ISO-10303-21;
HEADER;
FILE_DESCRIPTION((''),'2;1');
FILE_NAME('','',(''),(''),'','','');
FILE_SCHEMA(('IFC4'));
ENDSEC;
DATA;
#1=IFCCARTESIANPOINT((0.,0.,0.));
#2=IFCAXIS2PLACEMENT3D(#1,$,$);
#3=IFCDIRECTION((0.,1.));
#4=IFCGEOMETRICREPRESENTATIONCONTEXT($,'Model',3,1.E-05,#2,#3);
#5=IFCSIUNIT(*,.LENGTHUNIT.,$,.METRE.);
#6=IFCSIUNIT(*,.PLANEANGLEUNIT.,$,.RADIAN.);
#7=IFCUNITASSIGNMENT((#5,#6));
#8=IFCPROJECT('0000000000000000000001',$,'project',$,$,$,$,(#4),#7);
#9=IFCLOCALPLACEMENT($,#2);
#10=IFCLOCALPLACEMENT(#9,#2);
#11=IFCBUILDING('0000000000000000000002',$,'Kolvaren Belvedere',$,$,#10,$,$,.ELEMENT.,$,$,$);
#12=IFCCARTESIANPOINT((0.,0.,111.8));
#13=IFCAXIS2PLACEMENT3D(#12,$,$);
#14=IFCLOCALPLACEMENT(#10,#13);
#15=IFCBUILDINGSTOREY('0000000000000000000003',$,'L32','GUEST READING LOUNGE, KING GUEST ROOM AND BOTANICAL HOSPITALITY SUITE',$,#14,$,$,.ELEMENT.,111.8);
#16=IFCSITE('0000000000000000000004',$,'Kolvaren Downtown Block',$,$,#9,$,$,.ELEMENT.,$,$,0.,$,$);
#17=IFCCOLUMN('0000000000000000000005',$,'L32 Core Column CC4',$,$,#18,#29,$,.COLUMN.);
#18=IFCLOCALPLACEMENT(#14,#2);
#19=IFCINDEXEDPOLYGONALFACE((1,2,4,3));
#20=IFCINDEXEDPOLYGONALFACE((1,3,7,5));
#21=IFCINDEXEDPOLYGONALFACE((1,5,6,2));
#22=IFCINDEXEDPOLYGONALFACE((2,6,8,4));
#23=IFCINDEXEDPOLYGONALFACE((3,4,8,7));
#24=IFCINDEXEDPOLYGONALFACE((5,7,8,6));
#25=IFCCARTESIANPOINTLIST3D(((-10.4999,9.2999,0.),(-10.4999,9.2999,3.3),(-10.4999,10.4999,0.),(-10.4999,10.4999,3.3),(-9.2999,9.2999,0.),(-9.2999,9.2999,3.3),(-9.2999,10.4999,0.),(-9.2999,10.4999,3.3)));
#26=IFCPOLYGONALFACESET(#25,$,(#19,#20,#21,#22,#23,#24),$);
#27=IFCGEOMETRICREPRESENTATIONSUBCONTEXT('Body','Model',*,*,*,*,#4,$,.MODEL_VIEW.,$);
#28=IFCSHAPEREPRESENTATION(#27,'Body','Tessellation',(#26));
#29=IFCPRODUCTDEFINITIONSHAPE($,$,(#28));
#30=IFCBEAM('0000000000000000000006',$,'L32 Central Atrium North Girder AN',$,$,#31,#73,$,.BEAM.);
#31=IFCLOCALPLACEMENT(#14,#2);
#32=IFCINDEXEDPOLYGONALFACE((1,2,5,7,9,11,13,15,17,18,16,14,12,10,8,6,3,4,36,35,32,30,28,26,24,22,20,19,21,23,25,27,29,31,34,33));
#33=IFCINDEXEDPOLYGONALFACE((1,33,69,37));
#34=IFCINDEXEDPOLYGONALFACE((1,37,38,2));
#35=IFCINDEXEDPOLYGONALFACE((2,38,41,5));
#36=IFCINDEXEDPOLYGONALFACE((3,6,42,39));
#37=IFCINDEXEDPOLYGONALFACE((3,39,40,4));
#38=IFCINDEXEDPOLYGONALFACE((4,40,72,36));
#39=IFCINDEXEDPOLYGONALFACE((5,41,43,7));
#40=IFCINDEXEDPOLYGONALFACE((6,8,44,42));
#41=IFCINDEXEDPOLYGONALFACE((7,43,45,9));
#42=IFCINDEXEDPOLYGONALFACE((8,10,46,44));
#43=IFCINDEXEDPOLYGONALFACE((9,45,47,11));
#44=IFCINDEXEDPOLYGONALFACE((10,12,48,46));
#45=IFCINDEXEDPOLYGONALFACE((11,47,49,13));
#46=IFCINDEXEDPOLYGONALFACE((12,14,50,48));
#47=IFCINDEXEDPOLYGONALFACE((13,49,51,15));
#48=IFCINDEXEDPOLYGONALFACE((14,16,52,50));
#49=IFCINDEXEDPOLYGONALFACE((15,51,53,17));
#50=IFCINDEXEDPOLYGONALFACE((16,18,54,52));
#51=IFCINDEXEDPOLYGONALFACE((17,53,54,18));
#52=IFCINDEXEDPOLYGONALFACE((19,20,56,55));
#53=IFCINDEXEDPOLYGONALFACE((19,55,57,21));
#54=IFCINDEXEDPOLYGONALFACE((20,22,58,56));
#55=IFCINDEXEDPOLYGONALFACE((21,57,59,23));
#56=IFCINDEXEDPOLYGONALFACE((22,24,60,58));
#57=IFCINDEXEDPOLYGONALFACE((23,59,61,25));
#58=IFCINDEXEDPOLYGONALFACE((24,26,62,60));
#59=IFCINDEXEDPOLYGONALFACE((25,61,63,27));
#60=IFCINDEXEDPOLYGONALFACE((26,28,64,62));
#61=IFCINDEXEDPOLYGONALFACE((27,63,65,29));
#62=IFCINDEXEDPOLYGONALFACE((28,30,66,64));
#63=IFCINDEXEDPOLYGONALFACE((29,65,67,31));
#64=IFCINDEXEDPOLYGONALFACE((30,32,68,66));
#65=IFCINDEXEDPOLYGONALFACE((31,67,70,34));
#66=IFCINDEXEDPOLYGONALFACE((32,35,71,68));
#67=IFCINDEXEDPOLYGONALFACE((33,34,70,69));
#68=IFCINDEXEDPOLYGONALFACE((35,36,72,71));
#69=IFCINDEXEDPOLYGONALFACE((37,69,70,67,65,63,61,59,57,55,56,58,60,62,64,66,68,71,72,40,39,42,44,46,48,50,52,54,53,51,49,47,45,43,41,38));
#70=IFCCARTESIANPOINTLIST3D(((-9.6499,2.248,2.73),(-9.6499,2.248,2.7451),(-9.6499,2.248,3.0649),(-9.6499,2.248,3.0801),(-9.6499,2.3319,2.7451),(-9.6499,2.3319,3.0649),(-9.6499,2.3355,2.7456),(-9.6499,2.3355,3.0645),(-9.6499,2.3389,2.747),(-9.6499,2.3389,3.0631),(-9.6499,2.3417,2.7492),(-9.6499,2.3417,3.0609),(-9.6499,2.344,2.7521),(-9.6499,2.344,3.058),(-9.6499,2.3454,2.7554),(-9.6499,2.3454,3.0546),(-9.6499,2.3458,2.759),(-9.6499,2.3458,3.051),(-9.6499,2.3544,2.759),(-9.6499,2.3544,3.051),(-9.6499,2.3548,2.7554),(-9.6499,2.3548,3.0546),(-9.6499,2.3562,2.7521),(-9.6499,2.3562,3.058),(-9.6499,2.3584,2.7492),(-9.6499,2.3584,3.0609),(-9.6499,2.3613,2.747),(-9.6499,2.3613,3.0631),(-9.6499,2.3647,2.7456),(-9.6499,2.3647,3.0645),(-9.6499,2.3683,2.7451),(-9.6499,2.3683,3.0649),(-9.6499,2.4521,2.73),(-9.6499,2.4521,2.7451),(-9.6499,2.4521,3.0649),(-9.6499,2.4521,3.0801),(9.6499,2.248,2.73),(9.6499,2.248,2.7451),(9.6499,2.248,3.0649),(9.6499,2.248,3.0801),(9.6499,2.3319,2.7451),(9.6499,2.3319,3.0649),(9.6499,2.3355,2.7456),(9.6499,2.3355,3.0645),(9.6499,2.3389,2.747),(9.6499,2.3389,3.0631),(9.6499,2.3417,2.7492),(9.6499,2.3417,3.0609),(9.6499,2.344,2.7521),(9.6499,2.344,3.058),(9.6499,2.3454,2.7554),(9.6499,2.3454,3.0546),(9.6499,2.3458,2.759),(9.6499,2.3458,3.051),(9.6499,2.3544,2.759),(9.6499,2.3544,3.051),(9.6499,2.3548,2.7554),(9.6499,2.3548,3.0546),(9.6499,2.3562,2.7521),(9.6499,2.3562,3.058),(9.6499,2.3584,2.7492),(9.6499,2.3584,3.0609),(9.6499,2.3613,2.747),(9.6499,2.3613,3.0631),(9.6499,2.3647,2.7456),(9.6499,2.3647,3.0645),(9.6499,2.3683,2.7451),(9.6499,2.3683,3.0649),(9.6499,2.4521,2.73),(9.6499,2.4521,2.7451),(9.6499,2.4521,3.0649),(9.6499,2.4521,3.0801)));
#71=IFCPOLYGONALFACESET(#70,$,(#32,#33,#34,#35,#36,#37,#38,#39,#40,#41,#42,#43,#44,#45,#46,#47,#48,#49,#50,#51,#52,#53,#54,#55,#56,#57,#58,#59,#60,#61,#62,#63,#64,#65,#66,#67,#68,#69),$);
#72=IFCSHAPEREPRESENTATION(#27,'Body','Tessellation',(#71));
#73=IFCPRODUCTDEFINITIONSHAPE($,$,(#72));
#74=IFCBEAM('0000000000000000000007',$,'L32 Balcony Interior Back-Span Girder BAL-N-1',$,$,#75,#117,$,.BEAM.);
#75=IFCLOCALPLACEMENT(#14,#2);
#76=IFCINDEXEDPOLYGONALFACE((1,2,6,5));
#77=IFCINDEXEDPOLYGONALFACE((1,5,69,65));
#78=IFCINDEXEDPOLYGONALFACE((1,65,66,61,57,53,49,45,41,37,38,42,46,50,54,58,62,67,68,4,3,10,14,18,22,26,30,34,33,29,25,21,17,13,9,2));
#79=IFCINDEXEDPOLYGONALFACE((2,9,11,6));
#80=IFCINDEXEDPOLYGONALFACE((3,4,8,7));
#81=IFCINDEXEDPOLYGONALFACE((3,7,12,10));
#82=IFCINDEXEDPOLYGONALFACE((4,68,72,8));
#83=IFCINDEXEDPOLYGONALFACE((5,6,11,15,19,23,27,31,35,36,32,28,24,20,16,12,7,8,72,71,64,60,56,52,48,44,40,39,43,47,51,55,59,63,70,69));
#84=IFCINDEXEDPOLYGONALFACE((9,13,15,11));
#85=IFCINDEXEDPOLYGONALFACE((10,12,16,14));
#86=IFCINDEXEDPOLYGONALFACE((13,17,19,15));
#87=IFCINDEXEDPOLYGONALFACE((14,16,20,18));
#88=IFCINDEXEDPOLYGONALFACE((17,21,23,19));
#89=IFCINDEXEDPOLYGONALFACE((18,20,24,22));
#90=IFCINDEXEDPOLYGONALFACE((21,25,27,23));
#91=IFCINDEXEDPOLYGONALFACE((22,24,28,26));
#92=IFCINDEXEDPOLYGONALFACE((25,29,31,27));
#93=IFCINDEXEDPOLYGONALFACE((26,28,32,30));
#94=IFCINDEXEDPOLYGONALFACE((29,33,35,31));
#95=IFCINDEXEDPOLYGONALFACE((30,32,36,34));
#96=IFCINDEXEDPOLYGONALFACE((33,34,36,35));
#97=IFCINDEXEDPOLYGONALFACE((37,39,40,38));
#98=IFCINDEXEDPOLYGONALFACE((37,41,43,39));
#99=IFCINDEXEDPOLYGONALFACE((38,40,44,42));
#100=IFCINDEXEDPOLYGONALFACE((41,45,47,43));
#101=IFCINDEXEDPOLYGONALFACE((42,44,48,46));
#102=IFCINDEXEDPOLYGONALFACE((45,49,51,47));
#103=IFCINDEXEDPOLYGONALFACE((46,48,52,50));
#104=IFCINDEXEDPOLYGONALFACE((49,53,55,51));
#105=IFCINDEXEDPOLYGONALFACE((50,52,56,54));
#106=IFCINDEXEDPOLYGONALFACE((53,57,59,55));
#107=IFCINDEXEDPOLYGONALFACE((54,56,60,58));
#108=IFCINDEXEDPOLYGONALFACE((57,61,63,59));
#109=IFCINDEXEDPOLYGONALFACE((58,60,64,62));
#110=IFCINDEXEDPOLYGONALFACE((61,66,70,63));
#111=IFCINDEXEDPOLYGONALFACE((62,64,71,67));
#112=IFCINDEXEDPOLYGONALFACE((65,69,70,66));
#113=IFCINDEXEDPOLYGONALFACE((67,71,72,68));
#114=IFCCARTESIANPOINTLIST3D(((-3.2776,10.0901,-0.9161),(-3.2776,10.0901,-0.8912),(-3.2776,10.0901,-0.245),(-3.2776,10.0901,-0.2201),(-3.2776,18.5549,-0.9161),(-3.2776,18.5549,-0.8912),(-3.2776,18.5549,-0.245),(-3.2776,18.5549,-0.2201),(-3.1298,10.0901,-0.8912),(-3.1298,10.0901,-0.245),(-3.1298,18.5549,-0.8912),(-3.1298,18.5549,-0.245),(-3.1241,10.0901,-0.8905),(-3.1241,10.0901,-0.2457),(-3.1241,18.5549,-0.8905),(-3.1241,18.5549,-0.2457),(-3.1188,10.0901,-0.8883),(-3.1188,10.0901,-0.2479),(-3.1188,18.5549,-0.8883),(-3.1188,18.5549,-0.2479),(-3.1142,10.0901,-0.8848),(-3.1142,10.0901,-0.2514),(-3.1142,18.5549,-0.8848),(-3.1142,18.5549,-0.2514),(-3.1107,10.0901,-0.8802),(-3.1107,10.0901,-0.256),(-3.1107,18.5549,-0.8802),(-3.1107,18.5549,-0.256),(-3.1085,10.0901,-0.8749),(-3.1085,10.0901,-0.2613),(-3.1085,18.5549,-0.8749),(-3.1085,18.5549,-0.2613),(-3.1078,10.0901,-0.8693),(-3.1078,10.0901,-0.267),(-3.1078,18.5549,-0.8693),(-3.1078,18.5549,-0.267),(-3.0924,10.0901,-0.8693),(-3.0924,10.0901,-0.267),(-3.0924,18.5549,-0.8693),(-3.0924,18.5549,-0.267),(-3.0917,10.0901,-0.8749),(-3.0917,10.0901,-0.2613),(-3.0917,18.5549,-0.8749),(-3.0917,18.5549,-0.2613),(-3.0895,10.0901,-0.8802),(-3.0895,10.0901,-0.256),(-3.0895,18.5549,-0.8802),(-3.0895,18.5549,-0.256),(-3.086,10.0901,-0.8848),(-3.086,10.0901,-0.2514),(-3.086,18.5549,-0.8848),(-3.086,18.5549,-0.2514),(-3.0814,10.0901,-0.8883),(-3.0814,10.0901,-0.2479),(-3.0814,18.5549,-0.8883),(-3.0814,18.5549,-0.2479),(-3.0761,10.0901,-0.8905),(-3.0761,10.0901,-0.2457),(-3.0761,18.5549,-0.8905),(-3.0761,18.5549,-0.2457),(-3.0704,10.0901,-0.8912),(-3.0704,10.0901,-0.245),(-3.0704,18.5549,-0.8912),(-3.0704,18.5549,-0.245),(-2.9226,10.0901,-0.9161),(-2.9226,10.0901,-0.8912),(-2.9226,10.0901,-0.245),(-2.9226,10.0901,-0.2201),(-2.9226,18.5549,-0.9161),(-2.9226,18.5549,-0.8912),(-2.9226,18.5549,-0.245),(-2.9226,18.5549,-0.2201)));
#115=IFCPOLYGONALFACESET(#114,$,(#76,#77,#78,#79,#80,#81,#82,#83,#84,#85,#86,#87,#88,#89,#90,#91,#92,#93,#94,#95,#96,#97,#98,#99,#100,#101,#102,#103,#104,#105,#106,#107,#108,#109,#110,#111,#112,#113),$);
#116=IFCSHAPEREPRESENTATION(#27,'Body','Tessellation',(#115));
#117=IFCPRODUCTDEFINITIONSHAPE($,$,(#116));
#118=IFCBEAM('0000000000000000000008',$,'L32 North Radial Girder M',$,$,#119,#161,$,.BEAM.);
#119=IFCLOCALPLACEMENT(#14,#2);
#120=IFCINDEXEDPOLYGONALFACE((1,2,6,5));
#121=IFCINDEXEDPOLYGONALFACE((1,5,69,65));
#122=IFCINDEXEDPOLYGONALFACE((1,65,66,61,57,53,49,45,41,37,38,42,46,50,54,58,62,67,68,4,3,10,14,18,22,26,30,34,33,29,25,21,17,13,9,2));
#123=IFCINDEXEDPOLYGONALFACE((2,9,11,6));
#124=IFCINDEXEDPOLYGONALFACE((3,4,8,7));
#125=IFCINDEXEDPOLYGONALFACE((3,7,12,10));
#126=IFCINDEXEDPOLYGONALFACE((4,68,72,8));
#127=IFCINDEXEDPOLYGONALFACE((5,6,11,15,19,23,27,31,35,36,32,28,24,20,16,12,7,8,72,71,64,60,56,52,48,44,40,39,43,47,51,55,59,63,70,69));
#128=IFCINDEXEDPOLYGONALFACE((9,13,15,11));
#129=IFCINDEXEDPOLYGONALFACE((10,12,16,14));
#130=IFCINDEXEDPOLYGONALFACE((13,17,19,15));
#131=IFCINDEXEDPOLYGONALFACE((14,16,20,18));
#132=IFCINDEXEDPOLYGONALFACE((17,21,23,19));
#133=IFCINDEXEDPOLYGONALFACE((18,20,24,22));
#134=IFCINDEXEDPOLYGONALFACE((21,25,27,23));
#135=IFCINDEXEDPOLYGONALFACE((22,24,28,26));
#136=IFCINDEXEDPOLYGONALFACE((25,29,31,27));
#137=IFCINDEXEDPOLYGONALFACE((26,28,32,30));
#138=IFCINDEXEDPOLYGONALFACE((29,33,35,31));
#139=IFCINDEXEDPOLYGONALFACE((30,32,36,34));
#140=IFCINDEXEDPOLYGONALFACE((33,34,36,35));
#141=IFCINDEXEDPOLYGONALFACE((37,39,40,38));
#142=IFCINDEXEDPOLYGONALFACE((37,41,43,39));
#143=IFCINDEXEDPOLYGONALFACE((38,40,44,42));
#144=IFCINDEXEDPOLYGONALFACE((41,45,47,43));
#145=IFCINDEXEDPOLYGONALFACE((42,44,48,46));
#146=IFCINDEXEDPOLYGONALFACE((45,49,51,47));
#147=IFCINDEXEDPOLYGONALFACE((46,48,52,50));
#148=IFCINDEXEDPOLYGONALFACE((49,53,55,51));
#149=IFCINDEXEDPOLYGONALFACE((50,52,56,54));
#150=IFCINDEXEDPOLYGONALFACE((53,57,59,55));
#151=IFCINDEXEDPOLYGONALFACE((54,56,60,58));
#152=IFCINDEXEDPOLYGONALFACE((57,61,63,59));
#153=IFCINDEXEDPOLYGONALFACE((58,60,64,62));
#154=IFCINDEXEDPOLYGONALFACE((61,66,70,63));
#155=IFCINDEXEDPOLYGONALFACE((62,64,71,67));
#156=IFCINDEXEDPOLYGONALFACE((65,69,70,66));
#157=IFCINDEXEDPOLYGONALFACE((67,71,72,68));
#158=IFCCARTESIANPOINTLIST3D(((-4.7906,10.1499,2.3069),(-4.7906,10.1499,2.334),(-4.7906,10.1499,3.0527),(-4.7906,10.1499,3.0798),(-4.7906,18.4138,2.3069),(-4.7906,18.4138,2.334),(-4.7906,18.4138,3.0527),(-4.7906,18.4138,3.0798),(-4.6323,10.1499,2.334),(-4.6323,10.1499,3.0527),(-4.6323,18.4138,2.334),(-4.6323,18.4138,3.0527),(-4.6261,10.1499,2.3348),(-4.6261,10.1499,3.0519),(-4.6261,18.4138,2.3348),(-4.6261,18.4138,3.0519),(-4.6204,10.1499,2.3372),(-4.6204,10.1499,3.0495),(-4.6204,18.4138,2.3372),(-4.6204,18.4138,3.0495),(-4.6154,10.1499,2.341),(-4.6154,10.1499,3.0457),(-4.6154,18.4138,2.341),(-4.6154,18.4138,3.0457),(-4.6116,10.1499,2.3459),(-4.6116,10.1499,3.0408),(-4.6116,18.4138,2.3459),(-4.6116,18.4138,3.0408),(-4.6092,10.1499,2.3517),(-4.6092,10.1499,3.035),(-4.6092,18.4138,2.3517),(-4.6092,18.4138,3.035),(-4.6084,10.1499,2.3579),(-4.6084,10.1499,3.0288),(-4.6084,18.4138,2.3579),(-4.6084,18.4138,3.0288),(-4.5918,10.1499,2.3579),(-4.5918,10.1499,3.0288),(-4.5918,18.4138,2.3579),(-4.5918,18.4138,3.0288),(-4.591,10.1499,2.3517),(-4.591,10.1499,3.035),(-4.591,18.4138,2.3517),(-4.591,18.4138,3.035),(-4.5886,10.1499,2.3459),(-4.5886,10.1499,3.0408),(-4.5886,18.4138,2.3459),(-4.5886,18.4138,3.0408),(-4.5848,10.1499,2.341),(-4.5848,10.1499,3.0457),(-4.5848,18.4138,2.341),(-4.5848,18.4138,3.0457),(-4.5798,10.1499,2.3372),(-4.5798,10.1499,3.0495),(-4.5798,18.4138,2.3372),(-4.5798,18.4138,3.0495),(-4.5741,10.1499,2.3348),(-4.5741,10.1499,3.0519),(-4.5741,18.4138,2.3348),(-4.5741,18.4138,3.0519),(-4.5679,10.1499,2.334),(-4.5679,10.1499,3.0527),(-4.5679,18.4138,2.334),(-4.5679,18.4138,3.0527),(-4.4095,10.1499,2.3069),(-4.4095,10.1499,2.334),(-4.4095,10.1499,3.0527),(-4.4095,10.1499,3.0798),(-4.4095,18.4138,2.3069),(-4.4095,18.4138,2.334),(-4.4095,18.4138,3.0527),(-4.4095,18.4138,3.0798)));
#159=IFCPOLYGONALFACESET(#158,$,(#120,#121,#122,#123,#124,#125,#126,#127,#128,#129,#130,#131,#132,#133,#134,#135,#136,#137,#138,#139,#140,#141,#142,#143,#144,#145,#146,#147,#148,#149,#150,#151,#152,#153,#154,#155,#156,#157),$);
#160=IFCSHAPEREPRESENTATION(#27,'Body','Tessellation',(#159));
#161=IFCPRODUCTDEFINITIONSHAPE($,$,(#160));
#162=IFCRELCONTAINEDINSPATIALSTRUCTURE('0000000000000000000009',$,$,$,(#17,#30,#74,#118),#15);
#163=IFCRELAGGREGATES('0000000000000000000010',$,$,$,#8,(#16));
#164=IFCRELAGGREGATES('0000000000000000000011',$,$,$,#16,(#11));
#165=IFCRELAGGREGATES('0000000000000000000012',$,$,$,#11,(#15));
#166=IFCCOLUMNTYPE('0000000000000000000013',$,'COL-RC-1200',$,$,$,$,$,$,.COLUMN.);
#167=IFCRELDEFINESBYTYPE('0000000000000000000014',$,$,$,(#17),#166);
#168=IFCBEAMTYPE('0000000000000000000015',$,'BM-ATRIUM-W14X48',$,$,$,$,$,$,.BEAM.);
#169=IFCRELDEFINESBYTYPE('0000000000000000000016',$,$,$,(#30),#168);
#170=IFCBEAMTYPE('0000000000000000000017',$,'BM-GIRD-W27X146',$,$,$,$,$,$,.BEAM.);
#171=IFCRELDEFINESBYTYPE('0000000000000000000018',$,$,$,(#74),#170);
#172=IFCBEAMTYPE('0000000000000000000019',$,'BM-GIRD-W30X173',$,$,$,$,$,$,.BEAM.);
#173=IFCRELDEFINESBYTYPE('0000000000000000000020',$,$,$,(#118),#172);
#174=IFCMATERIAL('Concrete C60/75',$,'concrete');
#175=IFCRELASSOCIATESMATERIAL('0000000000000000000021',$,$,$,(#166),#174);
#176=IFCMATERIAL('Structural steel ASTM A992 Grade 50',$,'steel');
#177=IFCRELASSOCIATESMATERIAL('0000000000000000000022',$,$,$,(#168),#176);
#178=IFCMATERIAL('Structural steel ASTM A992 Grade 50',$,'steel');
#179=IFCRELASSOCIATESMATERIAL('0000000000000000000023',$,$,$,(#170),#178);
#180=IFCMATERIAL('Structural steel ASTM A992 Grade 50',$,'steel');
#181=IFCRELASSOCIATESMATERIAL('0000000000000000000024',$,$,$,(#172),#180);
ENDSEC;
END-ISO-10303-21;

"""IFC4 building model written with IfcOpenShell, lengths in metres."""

from ifc_helpers import new_model, si_unit, direction, frame, origin, origin_2d, place, context, subcontext, project, spatial, rectangle, i_section, extrude, material, material_profile, profile_set, type_object, element, save


model = new_model("IFC4")

# Units and contexts
model_context = context("Model", 3, precision=1e-05, world=origin(), true_north=direction((0.0, 1.0)))
body_context = subcontext(model_context, "Body", "Model", "MODEL_VIEW")
ifc_project = project(units=[si_unit("LENGTHUNIT", "METRE"), si_unit("PLANEANGLEUNIT", "RADIAN")], contexts=[model_context])

# Site, building, storey
site_placement = place(None, origin())
site = spatial("IfcSite", under=ifc_project, at=site_placement, Name="Kolvaren Downtown Block", CompositionType="ELEMENT", RefElevation=0.0)
building_placement = place(site_placement, origin())
building = spatial("IfcBuilding", under=site, at=building_placement, Name="Kolvaren Belvedere", CompositionType="ELEMENT")
storey_placement = place(building_placement, frame((0.0, 0.0, 111.8)))
storey = spatial("IfcBuildingStorey", under=building, at=storey_placement, Name="L32", Description="GUEST READING LOUNGE, KING GUEST ROOM AND BOTANICAL HOSPITALITY SUITE", CompositionType="ELEMENT", Elevation=111.8)

# Column
ifc_material_1 = material(Name="Concrete C60/75", Category="concrete")
ifc_material_profile_1 = material_profile(ifc_material_1, rectangle(XDim=1.2, YDim=1.2, at=origin_2d()), Name="RC 1200X1200")
ifc_profile_set_1 = profile_set([ifc_material_profile_1], Name="Concrete C60/75")
column_type = type_object("IfcColumnType", Name="COL-RC-1200", PredefinedType="COLUMN", material=ifc_profile_set_1)
column_placement = place(storey_placement, frame((-9.8999, 9.8999, 0.0), z_axis=(0.0, 0.0, 1.0), x_axis=(1.0, 0.0, 0.0)))
element("IfcColumn", 1, at=column_placement, inside=storey, type_object=column_type, Name="L32 Core Column CC4", PredefinedType="COLUMN", context=body_context, shape_type="SweptSolid", body=[
    extrude(rectangle(XDim=1.2, YDim=1.2, at=origin_2d()), origin(), (0.0, 0.0, 1.0), 3.3),
])

# Beams
ifc_material_2 = material(Name="Structural steel ASTM A992 Grade 50", Category="steel")
ifc_material_profile_2 = material_profile(ifc_material_2, i_section(OverallWidth=0.2041, OverallDepth=0.3501, WebThickness=0.0085, FlangeThickness=0.0151, FilletRadius=0.0139, at=origin_2d()), Name="W14X48")
ifc_profile_set_2 = profile_set([ifc_material_profile_2], Name="Structural steel ASTM A992 Grade 50")
beam_type_1 = type_object("IfcBeamType", Name="BM-ATRIUM-W14X48", PredefinedType="BEAM", material=ifc_profile_set_2)
beam_1_placement = place(storey_placement, frame((-9.6499, 2.3501, 2.905), z_axis=(1.0, 0.0, 0.0), x_axis=(0.0, 1.0, 0.0)))
element("IfcBeam", 2, at=beam_1_placement, inside=storey, type_object=beam_type_1, Name="L32 Central Atrium North Girder AN", PredefinedType="BEAM", context=body_context, shape_type="SweptSolid", body=[
    extrude(i_section(OverallWidth=0.2041, OverallDepth=0.3501, WebThickness=0.0085, FlangeThickness=0.0151, FilletRadius=0.0139, at=origin_2d()), origin(), (0.0, 0.0, 1.0), 19.2998),
])
ifc_material_3 = material(Name="Structural steel ASTM A992 Grade 50", Category="steel")
ifc_material_profile_3 = material_profile(ifc_material_3, i_section(OverallWidth=0.355, OverallDepth=0.696, WebThickness=0.0154, FlangeThickness=0.0249, FilletRadius=0.022, at=origin_2d()), Name="W27X146")
ifc_profile_set_3 = profile_set([ifc_material_profile_3], Name="Structural steel ASTM A992 Grade 50")
beam_type_2 = type_object("IfcBeamType", Name="BM-GIRD-W27X146", PredefinedType="BEAM", material=ifc_profile_set_3)
beam_2_placement = place(storey_placement, frame((-3.1001, 10.0901, -0.5681), z_axis=(0.0, 1.0, 0.0), x_axis=(-1.0, 0.0, 0.0)))
element("IfcBeam", 3, at=beam_2_placement, inside=storey, type_object=beam_type_2, Name="L32 Balcony Interior Back-Span Girder BAL-N-1", PredefinedType="BEAM", context=body_context, shape_type="SweptSolid", body=[
    extrude(i_section(OverallWidth=0.355, OverallDepth=0.696, WebThickness=0.0154, FlangeThickness=0.0249, FilletRadius=0.022, at=origin_2d()), origin(), (0.0, 0.0, 1.0), 8.4648),
])
ifc_material_4 = material(Name="Structural steel ASTM A992 Grade 50", Category="steel")
ifc_material_profile_4 = material_profile(ifc_material_4, i_section(OverallWidth=0.3811, OverallDepth=0.7729, WebThickness=0.0166, FlangeThickness=0.0271, FilletRadius=0.0239, at=origin_2d()), Name="W30X173")
ifc_profile_set_4 = profile_set([ifc_material_profile_4], Name="Structural steel ASTM A992 Grade 50")
beam_type_3 = type_object("IfcBeamType", Name="BM-GIRD-W30X173", PredefinedType="BEAM", material=ifc_profile_set_4)
beam_3_placement = place(storey_placement, frame((-4.6001, 10.1499, 2.6934), z_axis=(0.0, 1.0, 0.0), x_axis=(-1.0, 0.0, 0.0)))
element("IfcBeam", 4, at=beam_3_placement, inside=storey, type_object=beam_type_3, Name="L32 North Radial Girder M", PredefinedType="BEAM", context=body_context, shape_type="SweptSolid", body=[
    extrude(i_section(OverallWidth=0.3811, OverallDepth=0.7729, WebThickness=0.0166, FlangeThickness=0.0271, FilletRadius=0.0239, at=origin_2d()), origin(), (0.0, 0.0, 1.0), 8.2639),
])

save(model, "model.ifc")
